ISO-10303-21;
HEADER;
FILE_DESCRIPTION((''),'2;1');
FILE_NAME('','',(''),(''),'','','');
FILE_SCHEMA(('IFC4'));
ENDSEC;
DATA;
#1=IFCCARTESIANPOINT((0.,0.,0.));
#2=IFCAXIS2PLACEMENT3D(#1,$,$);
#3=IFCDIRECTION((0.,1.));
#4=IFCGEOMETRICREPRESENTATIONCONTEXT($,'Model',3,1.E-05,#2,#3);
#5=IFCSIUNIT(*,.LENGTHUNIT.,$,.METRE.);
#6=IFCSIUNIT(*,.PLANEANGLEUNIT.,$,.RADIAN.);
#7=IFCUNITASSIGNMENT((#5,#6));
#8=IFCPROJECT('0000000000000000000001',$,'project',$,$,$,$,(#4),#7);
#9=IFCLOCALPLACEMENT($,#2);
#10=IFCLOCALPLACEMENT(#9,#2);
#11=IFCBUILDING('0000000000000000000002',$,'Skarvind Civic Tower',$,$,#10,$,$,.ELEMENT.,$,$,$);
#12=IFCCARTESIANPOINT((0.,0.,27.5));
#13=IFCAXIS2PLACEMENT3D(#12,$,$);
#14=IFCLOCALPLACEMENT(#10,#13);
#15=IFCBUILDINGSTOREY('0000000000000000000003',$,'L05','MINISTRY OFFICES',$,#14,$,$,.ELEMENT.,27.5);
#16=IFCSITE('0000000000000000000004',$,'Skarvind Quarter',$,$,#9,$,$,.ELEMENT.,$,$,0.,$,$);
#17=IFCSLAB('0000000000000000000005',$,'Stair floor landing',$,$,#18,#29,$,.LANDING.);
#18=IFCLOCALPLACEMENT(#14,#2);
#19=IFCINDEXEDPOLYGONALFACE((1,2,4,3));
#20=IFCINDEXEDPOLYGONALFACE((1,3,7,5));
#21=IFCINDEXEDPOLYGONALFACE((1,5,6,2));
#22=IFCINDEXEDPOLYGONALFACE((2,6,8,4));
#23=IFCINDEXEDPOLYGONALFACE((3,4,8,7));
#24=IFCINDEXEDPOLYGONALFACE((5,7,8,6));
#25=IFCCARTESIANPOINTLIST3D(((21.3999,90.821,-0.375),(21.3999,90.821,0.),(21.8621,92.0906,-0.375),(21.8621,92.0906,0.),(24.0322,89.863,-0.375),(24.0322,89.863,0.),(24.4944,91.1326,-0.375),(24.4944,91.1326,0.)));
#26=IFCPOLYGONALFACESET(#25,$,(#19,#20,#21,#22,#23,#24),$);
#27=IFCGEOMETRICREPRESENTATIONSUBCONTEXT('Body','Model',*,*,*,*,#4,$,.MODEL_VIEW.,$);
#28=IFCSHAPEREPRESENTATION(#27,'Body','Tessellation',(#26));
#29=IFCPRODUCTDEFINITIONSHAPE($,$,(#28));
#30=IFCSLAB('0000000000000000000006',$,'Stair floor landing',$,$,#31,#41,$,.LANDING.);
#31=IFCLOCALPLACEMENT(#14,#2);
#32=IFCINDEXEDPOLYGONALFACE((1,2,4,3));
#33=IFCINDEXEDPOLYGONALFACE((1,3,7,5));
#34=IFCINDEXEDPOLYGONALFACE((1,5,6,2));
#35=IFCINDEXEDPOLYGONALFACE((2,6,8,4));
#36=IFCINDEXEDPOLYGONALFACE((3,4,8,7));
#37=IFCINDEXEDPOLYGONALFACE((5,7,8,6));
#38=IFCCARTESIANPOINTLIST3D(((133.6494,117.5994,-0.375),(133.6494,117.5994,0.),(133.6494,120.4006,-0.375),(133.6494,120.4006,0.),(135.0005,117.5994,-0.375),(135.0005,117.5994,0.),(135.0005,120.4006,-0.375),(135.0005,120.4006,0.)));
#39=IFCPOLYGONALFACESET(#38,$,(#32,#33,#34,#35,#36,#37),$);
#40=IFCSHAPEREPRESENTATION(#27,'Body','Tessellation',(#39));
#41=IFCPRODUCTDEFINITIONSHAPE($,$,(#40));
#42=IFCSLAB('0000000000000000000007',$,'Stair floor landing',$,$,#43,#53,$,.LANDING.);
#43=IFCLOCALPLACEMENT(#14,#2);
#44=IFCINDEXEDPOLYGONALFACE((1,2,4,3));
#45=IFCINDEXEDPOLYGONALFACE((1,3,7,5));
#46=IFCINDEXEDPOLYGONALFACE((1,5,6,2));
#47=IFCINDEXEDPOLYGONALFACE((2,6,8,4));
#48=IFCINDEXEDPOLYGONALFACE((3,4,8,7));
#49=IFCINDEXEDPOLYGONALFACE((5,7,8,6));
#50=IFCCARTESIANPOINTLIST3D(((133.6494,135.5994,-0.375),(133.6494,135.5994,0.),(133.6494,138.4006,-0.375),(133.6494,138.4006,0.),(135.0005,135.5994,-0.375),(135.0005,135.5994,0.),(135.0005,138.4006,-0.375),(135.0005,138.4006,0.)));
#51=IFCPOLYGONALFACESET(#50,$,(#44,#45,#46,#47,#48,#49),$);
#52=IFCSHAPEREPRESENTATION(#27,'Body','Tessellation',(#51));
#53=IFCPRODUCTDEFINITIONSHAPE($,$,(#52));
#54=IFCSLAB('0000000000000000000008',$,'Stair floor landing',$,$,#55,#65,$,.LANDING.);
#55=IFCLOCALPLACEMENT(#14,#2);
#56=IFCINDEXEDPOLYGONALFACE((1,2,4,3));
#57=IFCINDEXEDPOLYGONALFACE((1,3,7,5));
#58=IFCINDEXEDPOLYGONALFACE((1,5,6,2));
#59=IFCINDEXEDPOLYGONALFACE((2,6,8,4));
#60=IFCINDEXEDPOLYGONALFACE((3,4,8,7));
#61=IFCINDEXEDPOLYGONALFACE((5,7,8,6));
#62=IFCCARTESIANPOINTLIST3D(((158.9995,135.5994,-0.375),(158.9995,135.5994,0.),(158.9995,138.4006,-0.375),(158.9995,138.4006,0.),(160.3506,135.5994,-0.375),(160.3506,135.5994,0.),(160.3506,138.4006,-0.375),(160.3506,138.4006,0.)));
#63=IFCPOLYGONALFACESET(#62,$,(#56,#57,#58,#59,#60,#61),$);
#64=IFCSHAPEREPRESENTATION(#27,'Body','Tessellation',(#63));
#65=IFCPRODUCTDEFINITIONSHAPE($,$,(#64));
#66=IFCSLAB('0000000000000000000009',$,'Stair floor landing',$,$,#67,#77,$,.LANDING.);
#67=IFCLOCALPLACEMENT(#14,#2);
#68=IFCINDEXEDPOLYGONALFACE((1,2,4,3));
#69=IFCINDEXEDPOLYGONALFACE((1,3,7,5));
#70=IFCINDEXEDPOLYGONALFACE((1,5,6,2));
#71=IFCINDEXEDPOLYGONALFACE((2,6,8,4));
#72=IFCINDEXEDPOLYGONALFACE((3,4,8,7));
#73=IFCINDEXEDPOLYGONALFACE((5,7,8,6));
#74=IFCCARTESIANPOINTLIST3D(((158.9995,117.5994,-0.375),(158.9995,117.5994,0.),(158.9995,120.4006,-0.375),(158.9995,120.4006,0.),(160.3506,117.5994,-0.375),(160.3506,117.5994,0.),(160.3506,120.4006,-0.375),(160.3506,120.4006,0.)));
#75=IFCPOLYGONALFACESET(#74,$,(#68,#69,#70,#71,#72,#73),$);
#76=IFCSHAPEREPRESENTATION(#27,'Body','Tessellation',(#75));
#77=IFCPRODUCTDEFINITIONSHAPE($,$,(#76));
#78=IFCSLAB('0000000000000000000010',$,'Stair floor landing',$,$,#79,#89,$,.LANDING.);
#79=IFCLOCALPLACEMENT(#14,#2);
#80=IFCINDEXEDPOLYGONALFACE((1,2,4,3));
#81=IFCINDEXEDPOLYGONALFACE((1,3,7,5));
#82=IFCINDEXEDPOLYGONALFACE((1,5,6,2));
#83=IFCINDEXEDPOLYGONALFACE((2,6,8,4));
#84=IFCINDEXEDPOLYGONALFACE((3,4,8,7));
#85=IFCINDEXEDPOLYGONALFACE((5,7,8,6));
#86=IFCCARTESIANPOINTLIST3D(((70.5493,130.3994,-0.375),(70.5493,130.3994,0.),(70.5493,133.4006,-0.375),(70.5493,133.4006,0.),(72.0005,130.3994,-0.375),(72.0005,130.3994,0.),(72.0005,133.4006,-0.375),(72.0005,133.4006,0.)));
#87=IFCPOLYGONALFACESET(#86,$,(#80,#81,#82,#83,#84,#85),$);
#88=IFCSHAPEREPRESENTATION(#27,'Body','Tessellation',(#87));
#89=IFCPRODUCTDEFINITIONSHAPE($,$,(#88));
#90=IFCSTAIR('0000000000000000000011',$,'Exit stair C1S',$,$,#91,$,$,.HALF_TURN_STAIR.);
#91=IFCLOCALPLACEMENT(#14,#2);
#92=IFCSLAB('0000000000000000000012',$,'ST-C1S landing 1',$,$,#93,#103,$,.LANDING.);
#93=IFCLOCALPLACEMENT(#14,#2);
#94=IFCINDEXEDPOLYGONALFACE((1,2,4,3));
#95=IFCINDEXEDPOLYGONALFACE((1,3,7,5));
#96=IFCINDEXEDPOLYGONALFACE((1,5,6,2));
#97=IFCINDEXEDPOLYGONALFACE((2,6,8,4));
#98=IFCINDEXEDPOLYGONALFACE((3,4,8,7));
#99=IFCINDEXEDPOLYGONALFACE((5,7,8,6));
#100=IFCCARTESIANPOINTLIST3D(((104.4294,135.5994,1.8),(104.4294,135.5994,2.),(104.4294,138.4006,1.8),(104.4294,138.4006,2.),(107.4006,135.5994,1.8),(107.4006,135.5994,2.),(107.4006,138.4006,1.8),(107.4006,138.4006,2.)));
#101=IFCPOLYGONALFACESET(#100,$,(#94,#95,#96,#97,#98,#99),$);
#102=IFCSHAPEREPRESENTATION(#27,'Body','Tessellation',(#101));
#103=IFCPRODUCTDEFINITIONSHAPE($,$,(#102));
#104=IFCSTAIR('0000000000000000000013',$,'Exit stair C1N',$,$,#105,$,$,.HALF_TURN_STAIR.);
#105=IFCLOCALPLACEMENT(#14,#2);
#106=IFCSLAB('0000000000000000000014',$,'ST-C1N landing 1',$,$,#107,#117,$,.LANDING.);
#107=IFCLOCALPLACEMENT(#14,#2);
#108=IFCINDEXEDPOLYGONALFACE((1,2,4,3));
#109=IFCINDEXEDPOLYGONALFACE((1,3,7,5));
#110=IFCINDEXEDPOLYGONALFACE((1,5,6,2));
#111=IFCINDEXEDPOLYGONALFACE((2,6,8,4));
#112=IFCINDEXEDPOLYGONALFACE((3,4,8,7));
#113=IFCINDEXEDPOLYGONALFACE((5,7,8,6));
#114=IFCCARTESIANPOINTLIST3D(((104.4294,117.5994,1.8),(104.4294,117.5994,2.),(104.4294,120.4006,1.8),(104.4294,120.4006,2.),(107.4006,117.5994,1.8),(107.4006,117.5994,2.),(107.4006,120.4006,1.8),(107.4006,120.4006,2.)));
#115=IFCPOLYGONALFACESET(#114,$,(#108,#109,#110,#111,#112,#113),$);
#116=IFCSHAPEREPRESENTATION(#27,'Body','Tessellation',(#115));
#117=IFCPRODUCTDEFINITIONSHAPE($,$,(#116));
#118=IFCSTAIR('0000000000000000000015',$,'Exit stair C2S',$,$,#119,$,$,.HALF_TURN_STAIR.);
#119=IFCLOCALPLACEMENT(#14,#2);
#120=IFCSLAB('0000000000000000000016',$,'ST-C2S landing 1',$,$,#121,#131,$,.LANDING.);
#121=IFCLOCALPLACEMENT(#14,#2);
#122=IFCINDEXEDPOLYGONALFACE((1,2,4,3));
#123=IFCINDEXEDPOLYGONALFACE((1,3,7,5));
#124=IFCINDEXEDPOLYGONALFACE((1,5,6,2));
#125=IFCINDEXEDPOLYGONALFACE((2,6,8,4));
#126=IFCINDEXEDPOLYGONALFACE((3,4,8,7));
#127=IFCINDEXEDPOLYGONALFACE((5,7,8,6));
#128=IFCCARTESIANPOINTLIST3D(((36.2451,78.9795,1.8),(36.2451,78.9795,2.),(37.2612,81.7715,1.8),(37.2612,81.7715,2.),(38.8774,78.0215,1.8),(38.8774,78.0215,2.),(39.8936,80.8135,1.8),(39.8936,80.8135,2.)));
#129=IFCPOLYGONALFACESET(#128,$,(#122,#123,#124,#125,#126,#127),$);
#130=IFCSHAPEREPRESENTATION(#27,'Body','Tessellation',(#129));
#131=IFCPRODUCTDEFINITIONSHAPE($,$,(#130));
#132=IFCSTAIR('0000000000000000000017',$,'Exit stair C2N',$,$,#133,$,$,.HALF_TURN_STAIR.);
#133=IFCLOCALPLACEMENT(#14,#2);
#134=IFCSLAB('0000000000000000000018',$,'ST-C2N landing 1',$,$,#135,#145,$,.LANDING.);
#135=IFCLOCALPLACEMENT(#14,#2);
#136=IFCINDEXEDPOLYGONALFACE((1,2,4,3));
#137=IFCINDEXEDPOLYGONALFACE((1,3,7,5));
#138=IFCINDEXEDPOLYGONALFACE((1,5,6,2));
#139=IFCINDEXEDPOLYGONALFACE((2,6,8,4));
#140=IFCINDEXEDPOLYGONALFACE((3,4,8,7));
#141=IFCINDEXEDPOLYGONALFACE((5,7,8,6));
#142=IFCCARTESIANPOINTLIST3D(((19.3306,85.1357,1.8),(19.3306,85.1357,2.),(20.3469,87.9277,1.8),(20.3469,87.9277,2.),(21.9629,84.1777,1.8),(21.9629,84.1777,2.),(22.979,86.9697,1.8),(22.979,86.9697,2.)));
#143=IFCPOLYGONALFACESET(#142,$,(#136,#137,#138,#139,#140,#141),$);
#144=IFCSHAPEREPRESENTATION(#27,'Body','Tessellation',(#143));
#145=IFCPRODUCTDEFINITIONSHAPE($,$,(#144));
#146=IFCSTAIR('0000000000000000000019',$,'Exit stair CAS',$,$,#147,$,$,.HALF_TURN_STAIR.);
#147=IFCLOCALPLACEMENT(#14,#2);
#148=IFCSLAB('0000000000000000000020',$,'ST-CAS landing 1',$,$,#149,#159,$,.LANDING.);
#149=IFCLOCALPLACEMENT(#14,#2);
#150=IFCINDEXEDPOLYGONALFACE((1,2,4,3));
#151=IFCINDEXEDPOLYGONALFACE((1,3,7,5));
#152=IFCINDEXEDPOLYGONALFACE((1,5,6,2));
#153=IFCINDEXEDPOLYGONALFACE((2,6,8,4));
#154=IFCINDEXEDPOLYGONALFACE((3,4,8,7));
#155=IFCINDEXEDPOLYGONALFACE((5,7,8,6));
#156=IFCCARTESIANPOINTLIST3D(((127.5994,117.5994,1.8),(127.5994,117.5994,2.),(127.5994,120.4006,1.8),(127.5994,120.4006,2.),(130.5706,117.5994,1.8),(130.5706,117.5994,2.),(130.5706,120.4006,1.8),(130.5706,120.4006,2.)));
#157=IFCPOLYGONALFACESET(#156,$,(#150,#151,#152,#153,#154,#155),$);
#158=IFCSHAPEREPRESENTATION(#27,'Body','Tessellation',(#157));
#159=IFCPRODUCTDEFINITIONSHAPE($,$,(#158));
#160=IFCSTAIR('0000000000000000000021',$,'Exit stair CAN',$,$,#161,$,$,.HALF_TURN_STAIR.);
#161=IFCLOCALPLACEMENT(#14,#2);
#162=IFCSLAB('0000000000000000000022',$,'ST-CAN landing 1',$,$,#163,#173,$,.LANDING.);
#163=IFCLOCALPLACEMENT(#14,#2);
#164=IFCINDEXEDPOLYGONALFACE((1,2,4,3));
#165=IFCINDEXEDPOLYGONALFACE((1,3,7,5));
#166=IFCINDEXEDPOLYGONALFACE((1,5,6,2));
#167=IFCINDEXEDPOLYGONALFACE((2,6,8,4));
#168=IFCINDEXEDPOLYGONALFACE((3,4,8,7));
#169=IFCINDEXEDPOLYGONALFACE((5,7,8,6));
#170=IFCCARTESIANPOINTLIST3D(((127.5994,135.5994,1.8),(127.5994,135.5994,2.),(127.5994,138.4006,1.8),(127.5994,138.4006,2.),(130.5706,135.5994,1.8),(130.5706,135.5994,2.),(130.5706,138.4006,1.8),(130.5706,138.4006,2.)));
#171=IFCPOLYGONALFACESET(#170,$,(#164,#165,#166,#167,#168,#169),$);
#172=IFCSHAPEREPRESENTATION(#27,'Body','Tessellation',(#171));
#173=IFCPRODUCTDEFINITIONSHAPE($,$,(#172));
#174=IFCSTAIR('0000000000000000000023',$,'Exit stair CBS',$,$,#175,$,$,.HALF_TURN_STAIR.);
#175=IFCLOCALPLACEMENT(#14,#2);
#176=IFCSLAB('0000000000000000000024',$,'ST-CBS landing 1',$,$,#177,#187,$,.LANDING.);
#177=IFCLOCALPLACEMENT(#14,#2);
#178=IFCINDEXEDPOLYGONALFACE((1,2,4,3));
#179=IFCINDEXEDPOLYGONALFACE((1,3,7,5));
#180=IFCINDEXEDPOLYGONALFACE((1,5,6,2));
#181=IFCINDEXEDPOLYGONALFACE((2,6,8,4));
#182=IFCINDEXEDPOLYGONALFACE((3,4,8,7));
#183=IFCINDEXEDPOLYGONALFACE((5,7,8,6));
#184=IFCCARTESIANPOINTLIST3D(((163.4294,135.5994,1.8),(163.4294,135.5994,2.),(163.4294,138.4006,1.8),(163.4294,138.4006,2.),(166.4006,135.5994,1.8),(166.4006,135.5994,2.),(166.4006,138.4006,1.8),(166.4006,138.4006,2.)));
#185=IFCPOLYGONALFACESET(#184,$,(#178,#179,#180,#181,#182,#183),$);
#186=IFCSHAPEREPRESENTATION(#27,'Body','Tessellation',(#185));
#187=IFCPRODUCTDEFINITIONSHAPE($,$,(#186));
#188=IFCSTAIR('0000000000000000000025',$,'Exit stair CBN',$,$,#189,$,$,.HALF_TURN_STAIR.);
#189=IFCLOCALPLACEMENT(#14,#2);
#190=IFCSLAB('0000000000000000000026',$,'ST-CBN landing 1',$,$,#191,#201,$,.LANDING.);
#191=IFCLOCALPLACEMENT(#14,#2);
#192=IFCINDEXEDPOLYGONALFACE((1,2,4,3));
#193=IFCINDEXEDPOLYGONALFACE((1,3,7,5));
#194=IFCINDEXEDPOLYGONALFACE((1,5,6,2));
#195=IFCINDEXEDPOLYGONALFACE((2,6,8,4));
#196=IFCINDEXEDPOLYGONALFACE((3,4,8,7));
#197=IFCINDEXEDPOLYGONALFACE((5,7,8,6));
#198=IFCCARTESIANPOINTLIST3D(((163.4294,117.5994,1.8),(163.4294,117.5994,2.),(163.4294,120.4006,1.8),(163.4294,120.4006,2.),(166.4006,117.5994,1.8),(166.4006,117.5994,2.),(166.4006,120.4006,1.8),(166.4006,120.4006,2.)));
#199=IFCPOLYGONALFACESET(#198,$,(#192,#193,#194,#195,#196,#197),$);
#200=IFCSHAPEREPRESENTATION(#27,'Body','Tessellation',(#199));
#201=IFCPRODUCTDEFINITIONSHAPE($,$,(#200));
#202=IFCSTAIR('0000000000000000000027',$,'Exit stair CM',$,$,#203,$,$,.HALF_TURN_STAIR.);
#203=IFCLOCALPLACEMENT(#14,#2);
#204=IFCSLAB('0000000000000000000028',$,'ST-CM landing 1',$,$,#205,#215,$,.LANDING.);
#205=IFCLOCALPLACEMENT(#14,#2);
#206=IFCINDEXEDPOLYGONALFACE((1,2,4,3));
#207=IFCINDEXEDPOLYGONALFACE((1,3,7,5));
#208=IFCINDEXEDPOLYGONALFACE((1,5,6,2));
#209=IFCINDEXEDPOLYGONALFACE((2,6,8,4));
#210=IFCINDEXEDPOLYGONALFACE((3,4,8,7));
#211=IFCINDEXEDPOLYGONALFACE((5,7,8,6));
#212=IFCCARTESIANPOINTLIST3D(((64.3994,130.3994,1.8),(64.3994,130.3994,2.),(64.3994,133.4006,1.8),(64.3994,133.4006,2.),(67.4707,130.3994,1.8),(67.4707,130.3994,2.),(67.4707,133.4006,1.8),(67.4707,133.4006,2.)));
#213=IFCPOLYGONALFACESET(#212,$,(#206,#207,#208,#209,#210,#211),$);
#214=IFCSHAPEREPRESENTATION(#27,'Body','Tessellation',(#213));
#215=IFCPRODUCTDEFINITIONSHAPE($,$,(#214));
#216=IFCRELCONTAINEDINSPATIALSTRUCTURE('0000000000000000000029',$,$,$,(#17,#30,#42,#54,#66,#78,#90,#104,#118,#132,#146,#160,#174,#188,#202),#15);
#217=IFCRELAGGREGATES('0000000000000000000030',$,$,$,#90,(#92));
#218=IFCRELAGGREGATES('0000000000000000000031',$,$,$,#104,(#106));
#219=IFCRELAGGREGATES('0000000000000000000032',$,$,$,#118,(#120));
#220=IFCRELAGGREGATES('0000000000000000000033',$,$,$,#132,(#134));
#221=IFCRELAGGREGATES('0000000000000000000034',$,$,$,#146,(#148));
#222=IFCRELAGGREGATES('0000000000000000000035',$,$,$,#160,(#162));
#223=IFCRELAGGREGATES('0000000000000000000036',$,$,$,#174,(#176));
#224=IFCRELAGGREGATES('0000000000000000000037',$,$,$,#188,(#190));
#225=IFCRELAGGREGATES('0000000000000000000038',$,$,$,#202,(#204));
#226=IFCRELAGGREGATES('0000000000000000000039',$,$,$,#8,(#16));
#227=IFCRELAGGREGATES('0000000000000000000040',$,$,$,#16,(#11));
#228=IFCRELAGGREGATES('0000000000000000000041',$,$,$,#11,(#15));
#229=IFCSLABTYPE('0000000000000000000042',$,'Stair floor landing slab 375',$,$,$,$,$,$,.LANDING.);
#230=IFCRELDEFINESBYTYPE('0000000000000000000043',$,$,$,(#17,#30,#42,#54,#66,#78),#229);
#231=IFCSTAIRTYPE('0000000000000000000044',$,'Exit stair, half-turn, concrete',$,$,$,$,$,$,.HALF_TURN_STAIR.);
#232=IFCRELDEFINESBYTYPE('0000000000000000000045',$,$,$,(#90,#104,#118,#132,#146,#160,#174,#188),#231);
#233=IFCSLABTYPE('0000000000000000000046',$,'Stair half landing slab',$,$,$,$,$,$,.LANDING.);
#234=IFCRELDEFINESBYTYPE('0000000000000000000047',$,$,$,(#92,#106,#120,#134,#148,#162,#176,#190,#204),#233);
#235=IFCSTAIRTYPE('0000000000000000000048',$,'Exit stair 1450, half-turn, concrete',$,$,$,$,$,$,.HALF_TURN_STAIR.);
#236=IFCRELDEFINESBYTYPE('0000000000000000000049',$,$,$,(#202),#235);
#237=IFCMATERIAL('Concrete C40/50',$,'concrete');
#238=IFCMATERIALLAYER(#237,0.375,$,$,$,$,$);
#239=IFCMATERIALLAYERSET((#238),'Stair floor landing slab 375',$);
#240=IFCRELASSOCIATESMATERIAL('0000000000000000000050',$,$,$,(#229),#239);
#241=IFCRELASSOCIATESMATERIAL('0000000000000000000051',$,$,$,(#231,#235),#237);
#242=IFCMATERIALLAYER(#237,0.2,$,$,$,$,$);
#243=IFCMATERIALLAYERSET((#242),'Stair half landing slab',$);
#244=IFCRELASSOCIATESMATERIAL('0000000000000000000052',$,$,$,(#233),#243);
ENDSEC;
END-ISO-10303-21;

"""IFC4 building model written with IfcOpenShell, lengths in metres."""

from ifc_helpers import new_model, si_unit, direction, frame, origin, place, context, subcontext, project, spatial, polyline, outline, extrude, material, layer, layer_set, type_object, element, aggregate, save


model = new_model("IFC4")

# Units and contexts
model_context = context("Model", 3, precision=1e-05, world=origin(), true_north=direction((0.0, 1.0)))
body_context = subcontext(model_context, "Body", "Model", "MODEL_VIEW")
ifc_project = project(units=[si_unit("LENGTHUNIT", "METRE"), si_unit("PLANEANGLEUNIT", "RADIAN")], contexts=[model_context])

# Site, building, storey
site_placement = place(None, origin())
site = spatial("IfcSite", under=ifc_project, at=site_placement, Name="Skarvind Quarter", CompositionType="ELEMENT", RefElevation=0.0)
building_placement = place(site_placement, origin())
building = spatial("IfcBuilding", under=site, at=building_placement, Name="Skarvind Civic Tower", CompositionType="ELEMENT")
storey_placement = place(building_placement, frame((0.0, 0.0, 27.5)))
storey = spatial("IfcBuildingStorey", under=building, at=storey_placement, Name="L05", Description="MINISTRY OFFICES", CompositionType="ELEMENT", Elevation=27.5)

# Slabs
ifc_material_1 = material(Name="Concrete C40/50", Category="concrete")
ifc_layer_1 = layer(ifc_material_1, 0.375)
ifc_layer_set_1 = layer_set([ifc_layer_1], Name="Stair floor landing slab 375")
slab_type_1 = type_object("IfcSlabType", Name="Stair floor landing slab 375", PredefinedType="LANDING", material=ifc_layer_set_1)
slab_1_placement = place(storey_placement, frame((0.0, 0.0, -0.375)))
element("IfcSlab", 1, at=slab_1_placement, inside=storey, type_object=slab_type_1, Name="Stair floor landing", PredefinedType="LANDING", context=body_context, shape_type="SweptSolid", body=[
    extrude(outline(polyline([(24.0322, 89.863), (21.3999, 90.821), (21.8621, 92.0906), (24.4944, 91.1326), (24.0322, 89.863)])), origin(), (0.0, 0.0, 1.0), 0.375),
])
slab_2_placement = place(storey_placement, frame((0.0, 0.0, -0.375)))
element("IfcSlab", 2, at=slab_2_placement, inside=storey, type_object=slab_type_1, Name="Stair floor landing", PredefinedType="LANDING", context=body_context, shape_type="SweptSolid", body=[
    extrude(outline(polyline([(133.6494, 117.5994), (133.6494, 120.4006), (135.0005, 120.4006), (135.0005, 117.5994), (133.6494, 117.5994)])), origin(), (0.0, 0.0, 1.0), 0.375),
])
slab_3_placement = place(storey_placement, frame((0.0, 0.0, -0.375)))
element("IfcSlab", 3, at=slab_3_placement, inside=storey, type_object=slab_type_1, Name="Stair floor landing", PredefinedType="LANDING", context=body_context, shape_type="SweptSolid", body=[
    extrude(outline(polyline([(133.6494, 135.5994), (133.6494, 138.4006), (135.0005, 138.4006), (135.0005, 135.5994), (133.6494, 135.5994)])), origin(), (0.0, 0.0, 1.0), 0.375),
])
slab_4_placement = place(storey_placement, frame((0.0, 0.0, -0.375)))
element("IfcSlab", 4, at=slab_4_placement, inside=storey, type_object=slab_type_1, Name="Stair floor landing", PredefinedType="LANDING", context=body_context, shape_type="SweptSolid", body=[
    extrude(outline(polyline([(160.3506, 138.4006), (160.3506, 135.5994), (158.9995, 135.5994), (158.9995, 138.4006), (160.3506, 138.4006)])), origin(), (0.0, 0.0, 1.0), 0.375),
])
slab_5_placement = place(storey_placement, frame((0.0, 0.0, -0.375)))
element("IfcSlab", 5, at=slab_5_placement, inside=storey, type_object=slab_type_1, Name="Stair floor landing", PredefinedType="LANDING", context=body_context, shape_type="SweptSolid", body=[
    extrude(outline(polyline([(160.3506, 120.4006), (160.3506, 117.5994), (158.9995, 117.5994), (158.9995, 120.4006), (160.3506, 120.4006)])), origin(), (0.0, 0.0, 1.0), 0.375),
])
slab_6_placement = place(storey_placement, frame((0.0, 0.0, -0.375)))
element("IfcSlab", 6, at=slab_6_placement, inside=storey, type_object=slab_type_1, Name="Stair floor landing", PredefinedType="LANDING", context=body_context, shape_type="SweptSolid", body=[
    extrude(outline(polyline([(70.5493, 130.3994), (70.5493, 133.4006), (72.0005, 133.4006), (72.0005, 130.3994), (70.5493, 130.3994)])), origin(), (0.0, 0.0, 1.0), 0.375),
])

# Stairs, slabs
stair_type_1 = type_object("IfcStairType", Name="Exit stair, half-turn, concrete", PredefinedType="HALF_TURN_STAIR", material=ifc_material_1)
stair_1_placement = place(storey_placement, origin())
stair_1 = element("IfcStair", 7, at=stair_1_placement, inside=storey, type_object=stair_type_1, Name="Exit stair C1S", PredefinedType="HALF_TURN_STAIR")
ifc_layer_2 = layer(ifc_material_1, 0.2)
ifc_layer_set_2 = layer_set([ifc_layer_2], Name="Stair half landing slab")
slab_type_2 = type_object("IfcSlabType", Name="Stair half landing slab", PredefinedType="LANDING", material=ifc_layer_set_2)
slab_7_placement = place(storey_placement, frame((0.0, 0.0, 1.8)))
slab_7 = element("IfcSlab", 8, at=slab_7_placement, type_object=slab_type_2, Name="ST-C1S landing 1", PredefinedType="LANDING", context=body_context, shape_type="SweptSolid", body=[
    extrude(outline(polyline([(104.4294, 135.5994), (104.4294, 138.4006), (107.4006, 138.4006), (107.4006, 135.5994), (104.4294, 135.5994)])), origin(), (0.0, 0.0, 1.0), 0.2),
])
aggregate(stair_1, [slab_7])
stair_2_placement = place(storey_placement, origin())
stair_2 = element("IfcStair", 9, at=stair_2_placement, inside=storey, type_object=stair_type_1, Name="Exit stair C1N", PredefinedType="HALF_TURN_STAIR")
slab_8_placement = place(storey_placement, frame((0.0, 0.0, 1.8)))
slab_8 = element("IfcSlab", 10, at=slab_8_placement, type_object=slab_type_2, Name="ST-C1N landing 1", PredefinedType="LANDING", context=body_context, shape_type="SweptSolid", body=[
    extrude(outline(polyline([(104.4294, 117.5994), (104.4294, 120.4006), (107.4006, 120.4006), (107.4006, 117.5994), (104.4294, 117.5994)])), origin(), (0.0, 0.0, 1.0), 0.2),
])
aggregate(stair_2, [slab_8])
stair_3_placement = place(storey_placement, origin())
stair_3 = element("IfcStair", 11, at=stair_3_placement, inside=storey, type_object=stair_type_1, Name="Exit stair C2S", PredefinedType="HALF_TURN_STAIR")
slab_9_placement = place(storey_placement, frame((0.0, 0.0, 1.8)))
slab_9 = element("IfcSlab", 12, at=slab_9_placement, type_object=slab_type_2, Name="ST-C2S landing 1", PredefinedType="LANDING", context=body_context, shape_type="SweptSolid", body=[
    extrude(outline(polyline([(37.2612, 81.7715), (39.8936, 80.8135), (38.8774, 78.0215), (36.2451, 78.9795), (37.2612, 81.7715)])), origin(), (0.0, 0.0, 1.0), 0.2),
])
aggregate(stair_3, [slab_9])
stair_4_placement = place(storey_placement, origin())
stair_4 = element("IfcStair", 13, at=stair_4_placement, inside=storey, type_object=stair_type_1, Name="Exit stair C2N", PredefinedType="HALF_TURN_STAIR")
slab_10_placement = place(storey_placement, frame((0.0, 0.0, 1.8)))
slab_10 = element("IfcSlab", 14, at=slab_10_placement, type_object=slab_type_2, Name="ST-C2N landing 1", PredefinedType="LANDING", context=body_context, shape_type="SweptSolid", body=[
    extrude(outline(polyline([(20.3469, 87.9277), (22.979, 86.9697), (21.9629, 84.1777), (19.3306, 85.1357), (20.3469, 87.9277)])), origin(), (0.0, 0.0, 1.0), 0.2),
])
aggregate(stair_4, [slab_10])
stair_5_placement = place(storey_placement, origin())
stair_5 = element("IfcStair", 15, at=stair_5_placement, inside=storey, type_object=stair_type_1, Name="Exit stair CAS", PredefinedType="HALF_TURN_STAIR")
slab_11_placement = place(storey_placement, frame((0.0, 0.0, 1.8)))
slab_11 = element("IfcSlab", 16, at=slab_11_placement, type_object=slab_type_2, Name="ST-CAS landing 1", PredefinedType="LANDING", context=body_context, shape_type="SweptSolid", body=[
    extrude(outline(polyline([(130.5706, 120.4006), (130.5706, 117.5994), (127.5994, 117.5994), (127.5994, 120.4006), (130.5706, 120.4006)])), origin(), (0.0, 0.0, 1.0), 0.2),
])
aggregate(stair_5, [slab_11])
stair_6_placement = place(storey_placement, origin())
stair_6 = element("IfcStair", 17, at=stair_6_placement, inside=storey, type_object=stair_type_1, Name="Exit stair CAN", PredefinedType="HALF_TURN_STAIR")
slab_12_placement = place(storey_placement, frame((0.0, 0.0, 1.8)))
slab_12 = element("IfcSlab", 18, at=slab_12_placement, type_object=slab_type_2, Name="ST-CAN landing 1", PredefinedType="LANDING", context=body_context, shape_type="SweptSolid", body=[
    extrude(outline(polyline([(130.5706, 138.4006), (130.5706, 135.5994), (127.5994, 135.5994), (127.5994, 138.4006), (130.5706, 138.4006)])), origin(), (0.0, 0.0, 1.0), 0.2),
])
aggregate(stair_6, [slab_12])
stair_7_placement = place(storey_placement, origin())
stair_7 = element("IfcStair", 19, at=stair_7_placement, inside=storey, type_object=stair_type_1, Name="Exit stair CBS", PredefinedType="HALF_TURN_STAIR")
slab_13_placement = place(storey_placement, frame((0.0, 0.0, 1.8)))
slab_13 = element("IfcSlab", 20, at=slab_13_placement, type_object=slab_type_2, Name="ST-CBS landing 1", PredefinedType="LANDING", context=body_context, shape_type="SweptSolid", body=[
    extrude(outline(polyline([(163.4294, 135.5994), (163.4294, 138.4006), (166.4006, 138.4006), (166.4006, 135.5994), (163.4294, 135.5994)])), origin(), (0.0, 0.0, 1.0), 0.2),
])
aggregate(stair_7, [slab_13])
stair_8_placement = place(storey_placement, origin())
stair_8 = element("IfcStair", 21, at=stair_8_placement, inside=storey, type_object=stair_type_1, Name="Exit stair CBN", PredefinedType="HALF_TURN_STAIR")
slab_14_placement = place(storey_placement, frame((0.0, 0.0, 1.8)))
slab_14 = element("IfcSlab", 22, at=slab_14_placement, type_object=slab_type_2, Name="ST-CBN landing 1", PredefinedType="LANDING", context=body_context, shape_type="SweptSolid", body=[
    extrude(outline(polyline([(163.4294, 117.5994), (163.4294, 120.4006), (166.4006, 120.4006), (166.4006, 117.5994), (163.4294, 117.5994)])), origin(), (0.0, 0.0, 1.0), 0.2),
])
aggregate(stair_8, [slab_14])
stair_type_2 = type_object("IfcStairType", Name="Exit stair 1450, half-turn, concrete", PredefinedType="HALF_TURN_STAIR", material=ifc_material_1)
stair_9_placement = place(storey_placement, origin())
stair_9 = element("IfcStair", 23, at=stair_9_placement, inside=storey, type_object=stair_type_2, Name="Exit stair CM", PredefinedType="HALF_TURN_STAIR")
slab_15_placement = place(storey_placement, frame((0.0, 0.0, 1.8)))
slab_15 = element("IfcSlab", 24, at=slab_15_placement, type_object=slab_type_2, Name="ST-CM landing 1", PredefinedType="LANDING", context=body_context, shape_type="SweptSolid", body=[
    extrude(outline(polyline([(67.4707, 133.4006), (67.4707, 130.3994), (64.3994, 130.3994), (64.3994, 133.4006), (67.4707, 133.4006)])), origin(), (0.0, 0.0, 1.0), 0.2),
])
aggregate(stair_9, [slab_15])

save(model, "model.ifc")
